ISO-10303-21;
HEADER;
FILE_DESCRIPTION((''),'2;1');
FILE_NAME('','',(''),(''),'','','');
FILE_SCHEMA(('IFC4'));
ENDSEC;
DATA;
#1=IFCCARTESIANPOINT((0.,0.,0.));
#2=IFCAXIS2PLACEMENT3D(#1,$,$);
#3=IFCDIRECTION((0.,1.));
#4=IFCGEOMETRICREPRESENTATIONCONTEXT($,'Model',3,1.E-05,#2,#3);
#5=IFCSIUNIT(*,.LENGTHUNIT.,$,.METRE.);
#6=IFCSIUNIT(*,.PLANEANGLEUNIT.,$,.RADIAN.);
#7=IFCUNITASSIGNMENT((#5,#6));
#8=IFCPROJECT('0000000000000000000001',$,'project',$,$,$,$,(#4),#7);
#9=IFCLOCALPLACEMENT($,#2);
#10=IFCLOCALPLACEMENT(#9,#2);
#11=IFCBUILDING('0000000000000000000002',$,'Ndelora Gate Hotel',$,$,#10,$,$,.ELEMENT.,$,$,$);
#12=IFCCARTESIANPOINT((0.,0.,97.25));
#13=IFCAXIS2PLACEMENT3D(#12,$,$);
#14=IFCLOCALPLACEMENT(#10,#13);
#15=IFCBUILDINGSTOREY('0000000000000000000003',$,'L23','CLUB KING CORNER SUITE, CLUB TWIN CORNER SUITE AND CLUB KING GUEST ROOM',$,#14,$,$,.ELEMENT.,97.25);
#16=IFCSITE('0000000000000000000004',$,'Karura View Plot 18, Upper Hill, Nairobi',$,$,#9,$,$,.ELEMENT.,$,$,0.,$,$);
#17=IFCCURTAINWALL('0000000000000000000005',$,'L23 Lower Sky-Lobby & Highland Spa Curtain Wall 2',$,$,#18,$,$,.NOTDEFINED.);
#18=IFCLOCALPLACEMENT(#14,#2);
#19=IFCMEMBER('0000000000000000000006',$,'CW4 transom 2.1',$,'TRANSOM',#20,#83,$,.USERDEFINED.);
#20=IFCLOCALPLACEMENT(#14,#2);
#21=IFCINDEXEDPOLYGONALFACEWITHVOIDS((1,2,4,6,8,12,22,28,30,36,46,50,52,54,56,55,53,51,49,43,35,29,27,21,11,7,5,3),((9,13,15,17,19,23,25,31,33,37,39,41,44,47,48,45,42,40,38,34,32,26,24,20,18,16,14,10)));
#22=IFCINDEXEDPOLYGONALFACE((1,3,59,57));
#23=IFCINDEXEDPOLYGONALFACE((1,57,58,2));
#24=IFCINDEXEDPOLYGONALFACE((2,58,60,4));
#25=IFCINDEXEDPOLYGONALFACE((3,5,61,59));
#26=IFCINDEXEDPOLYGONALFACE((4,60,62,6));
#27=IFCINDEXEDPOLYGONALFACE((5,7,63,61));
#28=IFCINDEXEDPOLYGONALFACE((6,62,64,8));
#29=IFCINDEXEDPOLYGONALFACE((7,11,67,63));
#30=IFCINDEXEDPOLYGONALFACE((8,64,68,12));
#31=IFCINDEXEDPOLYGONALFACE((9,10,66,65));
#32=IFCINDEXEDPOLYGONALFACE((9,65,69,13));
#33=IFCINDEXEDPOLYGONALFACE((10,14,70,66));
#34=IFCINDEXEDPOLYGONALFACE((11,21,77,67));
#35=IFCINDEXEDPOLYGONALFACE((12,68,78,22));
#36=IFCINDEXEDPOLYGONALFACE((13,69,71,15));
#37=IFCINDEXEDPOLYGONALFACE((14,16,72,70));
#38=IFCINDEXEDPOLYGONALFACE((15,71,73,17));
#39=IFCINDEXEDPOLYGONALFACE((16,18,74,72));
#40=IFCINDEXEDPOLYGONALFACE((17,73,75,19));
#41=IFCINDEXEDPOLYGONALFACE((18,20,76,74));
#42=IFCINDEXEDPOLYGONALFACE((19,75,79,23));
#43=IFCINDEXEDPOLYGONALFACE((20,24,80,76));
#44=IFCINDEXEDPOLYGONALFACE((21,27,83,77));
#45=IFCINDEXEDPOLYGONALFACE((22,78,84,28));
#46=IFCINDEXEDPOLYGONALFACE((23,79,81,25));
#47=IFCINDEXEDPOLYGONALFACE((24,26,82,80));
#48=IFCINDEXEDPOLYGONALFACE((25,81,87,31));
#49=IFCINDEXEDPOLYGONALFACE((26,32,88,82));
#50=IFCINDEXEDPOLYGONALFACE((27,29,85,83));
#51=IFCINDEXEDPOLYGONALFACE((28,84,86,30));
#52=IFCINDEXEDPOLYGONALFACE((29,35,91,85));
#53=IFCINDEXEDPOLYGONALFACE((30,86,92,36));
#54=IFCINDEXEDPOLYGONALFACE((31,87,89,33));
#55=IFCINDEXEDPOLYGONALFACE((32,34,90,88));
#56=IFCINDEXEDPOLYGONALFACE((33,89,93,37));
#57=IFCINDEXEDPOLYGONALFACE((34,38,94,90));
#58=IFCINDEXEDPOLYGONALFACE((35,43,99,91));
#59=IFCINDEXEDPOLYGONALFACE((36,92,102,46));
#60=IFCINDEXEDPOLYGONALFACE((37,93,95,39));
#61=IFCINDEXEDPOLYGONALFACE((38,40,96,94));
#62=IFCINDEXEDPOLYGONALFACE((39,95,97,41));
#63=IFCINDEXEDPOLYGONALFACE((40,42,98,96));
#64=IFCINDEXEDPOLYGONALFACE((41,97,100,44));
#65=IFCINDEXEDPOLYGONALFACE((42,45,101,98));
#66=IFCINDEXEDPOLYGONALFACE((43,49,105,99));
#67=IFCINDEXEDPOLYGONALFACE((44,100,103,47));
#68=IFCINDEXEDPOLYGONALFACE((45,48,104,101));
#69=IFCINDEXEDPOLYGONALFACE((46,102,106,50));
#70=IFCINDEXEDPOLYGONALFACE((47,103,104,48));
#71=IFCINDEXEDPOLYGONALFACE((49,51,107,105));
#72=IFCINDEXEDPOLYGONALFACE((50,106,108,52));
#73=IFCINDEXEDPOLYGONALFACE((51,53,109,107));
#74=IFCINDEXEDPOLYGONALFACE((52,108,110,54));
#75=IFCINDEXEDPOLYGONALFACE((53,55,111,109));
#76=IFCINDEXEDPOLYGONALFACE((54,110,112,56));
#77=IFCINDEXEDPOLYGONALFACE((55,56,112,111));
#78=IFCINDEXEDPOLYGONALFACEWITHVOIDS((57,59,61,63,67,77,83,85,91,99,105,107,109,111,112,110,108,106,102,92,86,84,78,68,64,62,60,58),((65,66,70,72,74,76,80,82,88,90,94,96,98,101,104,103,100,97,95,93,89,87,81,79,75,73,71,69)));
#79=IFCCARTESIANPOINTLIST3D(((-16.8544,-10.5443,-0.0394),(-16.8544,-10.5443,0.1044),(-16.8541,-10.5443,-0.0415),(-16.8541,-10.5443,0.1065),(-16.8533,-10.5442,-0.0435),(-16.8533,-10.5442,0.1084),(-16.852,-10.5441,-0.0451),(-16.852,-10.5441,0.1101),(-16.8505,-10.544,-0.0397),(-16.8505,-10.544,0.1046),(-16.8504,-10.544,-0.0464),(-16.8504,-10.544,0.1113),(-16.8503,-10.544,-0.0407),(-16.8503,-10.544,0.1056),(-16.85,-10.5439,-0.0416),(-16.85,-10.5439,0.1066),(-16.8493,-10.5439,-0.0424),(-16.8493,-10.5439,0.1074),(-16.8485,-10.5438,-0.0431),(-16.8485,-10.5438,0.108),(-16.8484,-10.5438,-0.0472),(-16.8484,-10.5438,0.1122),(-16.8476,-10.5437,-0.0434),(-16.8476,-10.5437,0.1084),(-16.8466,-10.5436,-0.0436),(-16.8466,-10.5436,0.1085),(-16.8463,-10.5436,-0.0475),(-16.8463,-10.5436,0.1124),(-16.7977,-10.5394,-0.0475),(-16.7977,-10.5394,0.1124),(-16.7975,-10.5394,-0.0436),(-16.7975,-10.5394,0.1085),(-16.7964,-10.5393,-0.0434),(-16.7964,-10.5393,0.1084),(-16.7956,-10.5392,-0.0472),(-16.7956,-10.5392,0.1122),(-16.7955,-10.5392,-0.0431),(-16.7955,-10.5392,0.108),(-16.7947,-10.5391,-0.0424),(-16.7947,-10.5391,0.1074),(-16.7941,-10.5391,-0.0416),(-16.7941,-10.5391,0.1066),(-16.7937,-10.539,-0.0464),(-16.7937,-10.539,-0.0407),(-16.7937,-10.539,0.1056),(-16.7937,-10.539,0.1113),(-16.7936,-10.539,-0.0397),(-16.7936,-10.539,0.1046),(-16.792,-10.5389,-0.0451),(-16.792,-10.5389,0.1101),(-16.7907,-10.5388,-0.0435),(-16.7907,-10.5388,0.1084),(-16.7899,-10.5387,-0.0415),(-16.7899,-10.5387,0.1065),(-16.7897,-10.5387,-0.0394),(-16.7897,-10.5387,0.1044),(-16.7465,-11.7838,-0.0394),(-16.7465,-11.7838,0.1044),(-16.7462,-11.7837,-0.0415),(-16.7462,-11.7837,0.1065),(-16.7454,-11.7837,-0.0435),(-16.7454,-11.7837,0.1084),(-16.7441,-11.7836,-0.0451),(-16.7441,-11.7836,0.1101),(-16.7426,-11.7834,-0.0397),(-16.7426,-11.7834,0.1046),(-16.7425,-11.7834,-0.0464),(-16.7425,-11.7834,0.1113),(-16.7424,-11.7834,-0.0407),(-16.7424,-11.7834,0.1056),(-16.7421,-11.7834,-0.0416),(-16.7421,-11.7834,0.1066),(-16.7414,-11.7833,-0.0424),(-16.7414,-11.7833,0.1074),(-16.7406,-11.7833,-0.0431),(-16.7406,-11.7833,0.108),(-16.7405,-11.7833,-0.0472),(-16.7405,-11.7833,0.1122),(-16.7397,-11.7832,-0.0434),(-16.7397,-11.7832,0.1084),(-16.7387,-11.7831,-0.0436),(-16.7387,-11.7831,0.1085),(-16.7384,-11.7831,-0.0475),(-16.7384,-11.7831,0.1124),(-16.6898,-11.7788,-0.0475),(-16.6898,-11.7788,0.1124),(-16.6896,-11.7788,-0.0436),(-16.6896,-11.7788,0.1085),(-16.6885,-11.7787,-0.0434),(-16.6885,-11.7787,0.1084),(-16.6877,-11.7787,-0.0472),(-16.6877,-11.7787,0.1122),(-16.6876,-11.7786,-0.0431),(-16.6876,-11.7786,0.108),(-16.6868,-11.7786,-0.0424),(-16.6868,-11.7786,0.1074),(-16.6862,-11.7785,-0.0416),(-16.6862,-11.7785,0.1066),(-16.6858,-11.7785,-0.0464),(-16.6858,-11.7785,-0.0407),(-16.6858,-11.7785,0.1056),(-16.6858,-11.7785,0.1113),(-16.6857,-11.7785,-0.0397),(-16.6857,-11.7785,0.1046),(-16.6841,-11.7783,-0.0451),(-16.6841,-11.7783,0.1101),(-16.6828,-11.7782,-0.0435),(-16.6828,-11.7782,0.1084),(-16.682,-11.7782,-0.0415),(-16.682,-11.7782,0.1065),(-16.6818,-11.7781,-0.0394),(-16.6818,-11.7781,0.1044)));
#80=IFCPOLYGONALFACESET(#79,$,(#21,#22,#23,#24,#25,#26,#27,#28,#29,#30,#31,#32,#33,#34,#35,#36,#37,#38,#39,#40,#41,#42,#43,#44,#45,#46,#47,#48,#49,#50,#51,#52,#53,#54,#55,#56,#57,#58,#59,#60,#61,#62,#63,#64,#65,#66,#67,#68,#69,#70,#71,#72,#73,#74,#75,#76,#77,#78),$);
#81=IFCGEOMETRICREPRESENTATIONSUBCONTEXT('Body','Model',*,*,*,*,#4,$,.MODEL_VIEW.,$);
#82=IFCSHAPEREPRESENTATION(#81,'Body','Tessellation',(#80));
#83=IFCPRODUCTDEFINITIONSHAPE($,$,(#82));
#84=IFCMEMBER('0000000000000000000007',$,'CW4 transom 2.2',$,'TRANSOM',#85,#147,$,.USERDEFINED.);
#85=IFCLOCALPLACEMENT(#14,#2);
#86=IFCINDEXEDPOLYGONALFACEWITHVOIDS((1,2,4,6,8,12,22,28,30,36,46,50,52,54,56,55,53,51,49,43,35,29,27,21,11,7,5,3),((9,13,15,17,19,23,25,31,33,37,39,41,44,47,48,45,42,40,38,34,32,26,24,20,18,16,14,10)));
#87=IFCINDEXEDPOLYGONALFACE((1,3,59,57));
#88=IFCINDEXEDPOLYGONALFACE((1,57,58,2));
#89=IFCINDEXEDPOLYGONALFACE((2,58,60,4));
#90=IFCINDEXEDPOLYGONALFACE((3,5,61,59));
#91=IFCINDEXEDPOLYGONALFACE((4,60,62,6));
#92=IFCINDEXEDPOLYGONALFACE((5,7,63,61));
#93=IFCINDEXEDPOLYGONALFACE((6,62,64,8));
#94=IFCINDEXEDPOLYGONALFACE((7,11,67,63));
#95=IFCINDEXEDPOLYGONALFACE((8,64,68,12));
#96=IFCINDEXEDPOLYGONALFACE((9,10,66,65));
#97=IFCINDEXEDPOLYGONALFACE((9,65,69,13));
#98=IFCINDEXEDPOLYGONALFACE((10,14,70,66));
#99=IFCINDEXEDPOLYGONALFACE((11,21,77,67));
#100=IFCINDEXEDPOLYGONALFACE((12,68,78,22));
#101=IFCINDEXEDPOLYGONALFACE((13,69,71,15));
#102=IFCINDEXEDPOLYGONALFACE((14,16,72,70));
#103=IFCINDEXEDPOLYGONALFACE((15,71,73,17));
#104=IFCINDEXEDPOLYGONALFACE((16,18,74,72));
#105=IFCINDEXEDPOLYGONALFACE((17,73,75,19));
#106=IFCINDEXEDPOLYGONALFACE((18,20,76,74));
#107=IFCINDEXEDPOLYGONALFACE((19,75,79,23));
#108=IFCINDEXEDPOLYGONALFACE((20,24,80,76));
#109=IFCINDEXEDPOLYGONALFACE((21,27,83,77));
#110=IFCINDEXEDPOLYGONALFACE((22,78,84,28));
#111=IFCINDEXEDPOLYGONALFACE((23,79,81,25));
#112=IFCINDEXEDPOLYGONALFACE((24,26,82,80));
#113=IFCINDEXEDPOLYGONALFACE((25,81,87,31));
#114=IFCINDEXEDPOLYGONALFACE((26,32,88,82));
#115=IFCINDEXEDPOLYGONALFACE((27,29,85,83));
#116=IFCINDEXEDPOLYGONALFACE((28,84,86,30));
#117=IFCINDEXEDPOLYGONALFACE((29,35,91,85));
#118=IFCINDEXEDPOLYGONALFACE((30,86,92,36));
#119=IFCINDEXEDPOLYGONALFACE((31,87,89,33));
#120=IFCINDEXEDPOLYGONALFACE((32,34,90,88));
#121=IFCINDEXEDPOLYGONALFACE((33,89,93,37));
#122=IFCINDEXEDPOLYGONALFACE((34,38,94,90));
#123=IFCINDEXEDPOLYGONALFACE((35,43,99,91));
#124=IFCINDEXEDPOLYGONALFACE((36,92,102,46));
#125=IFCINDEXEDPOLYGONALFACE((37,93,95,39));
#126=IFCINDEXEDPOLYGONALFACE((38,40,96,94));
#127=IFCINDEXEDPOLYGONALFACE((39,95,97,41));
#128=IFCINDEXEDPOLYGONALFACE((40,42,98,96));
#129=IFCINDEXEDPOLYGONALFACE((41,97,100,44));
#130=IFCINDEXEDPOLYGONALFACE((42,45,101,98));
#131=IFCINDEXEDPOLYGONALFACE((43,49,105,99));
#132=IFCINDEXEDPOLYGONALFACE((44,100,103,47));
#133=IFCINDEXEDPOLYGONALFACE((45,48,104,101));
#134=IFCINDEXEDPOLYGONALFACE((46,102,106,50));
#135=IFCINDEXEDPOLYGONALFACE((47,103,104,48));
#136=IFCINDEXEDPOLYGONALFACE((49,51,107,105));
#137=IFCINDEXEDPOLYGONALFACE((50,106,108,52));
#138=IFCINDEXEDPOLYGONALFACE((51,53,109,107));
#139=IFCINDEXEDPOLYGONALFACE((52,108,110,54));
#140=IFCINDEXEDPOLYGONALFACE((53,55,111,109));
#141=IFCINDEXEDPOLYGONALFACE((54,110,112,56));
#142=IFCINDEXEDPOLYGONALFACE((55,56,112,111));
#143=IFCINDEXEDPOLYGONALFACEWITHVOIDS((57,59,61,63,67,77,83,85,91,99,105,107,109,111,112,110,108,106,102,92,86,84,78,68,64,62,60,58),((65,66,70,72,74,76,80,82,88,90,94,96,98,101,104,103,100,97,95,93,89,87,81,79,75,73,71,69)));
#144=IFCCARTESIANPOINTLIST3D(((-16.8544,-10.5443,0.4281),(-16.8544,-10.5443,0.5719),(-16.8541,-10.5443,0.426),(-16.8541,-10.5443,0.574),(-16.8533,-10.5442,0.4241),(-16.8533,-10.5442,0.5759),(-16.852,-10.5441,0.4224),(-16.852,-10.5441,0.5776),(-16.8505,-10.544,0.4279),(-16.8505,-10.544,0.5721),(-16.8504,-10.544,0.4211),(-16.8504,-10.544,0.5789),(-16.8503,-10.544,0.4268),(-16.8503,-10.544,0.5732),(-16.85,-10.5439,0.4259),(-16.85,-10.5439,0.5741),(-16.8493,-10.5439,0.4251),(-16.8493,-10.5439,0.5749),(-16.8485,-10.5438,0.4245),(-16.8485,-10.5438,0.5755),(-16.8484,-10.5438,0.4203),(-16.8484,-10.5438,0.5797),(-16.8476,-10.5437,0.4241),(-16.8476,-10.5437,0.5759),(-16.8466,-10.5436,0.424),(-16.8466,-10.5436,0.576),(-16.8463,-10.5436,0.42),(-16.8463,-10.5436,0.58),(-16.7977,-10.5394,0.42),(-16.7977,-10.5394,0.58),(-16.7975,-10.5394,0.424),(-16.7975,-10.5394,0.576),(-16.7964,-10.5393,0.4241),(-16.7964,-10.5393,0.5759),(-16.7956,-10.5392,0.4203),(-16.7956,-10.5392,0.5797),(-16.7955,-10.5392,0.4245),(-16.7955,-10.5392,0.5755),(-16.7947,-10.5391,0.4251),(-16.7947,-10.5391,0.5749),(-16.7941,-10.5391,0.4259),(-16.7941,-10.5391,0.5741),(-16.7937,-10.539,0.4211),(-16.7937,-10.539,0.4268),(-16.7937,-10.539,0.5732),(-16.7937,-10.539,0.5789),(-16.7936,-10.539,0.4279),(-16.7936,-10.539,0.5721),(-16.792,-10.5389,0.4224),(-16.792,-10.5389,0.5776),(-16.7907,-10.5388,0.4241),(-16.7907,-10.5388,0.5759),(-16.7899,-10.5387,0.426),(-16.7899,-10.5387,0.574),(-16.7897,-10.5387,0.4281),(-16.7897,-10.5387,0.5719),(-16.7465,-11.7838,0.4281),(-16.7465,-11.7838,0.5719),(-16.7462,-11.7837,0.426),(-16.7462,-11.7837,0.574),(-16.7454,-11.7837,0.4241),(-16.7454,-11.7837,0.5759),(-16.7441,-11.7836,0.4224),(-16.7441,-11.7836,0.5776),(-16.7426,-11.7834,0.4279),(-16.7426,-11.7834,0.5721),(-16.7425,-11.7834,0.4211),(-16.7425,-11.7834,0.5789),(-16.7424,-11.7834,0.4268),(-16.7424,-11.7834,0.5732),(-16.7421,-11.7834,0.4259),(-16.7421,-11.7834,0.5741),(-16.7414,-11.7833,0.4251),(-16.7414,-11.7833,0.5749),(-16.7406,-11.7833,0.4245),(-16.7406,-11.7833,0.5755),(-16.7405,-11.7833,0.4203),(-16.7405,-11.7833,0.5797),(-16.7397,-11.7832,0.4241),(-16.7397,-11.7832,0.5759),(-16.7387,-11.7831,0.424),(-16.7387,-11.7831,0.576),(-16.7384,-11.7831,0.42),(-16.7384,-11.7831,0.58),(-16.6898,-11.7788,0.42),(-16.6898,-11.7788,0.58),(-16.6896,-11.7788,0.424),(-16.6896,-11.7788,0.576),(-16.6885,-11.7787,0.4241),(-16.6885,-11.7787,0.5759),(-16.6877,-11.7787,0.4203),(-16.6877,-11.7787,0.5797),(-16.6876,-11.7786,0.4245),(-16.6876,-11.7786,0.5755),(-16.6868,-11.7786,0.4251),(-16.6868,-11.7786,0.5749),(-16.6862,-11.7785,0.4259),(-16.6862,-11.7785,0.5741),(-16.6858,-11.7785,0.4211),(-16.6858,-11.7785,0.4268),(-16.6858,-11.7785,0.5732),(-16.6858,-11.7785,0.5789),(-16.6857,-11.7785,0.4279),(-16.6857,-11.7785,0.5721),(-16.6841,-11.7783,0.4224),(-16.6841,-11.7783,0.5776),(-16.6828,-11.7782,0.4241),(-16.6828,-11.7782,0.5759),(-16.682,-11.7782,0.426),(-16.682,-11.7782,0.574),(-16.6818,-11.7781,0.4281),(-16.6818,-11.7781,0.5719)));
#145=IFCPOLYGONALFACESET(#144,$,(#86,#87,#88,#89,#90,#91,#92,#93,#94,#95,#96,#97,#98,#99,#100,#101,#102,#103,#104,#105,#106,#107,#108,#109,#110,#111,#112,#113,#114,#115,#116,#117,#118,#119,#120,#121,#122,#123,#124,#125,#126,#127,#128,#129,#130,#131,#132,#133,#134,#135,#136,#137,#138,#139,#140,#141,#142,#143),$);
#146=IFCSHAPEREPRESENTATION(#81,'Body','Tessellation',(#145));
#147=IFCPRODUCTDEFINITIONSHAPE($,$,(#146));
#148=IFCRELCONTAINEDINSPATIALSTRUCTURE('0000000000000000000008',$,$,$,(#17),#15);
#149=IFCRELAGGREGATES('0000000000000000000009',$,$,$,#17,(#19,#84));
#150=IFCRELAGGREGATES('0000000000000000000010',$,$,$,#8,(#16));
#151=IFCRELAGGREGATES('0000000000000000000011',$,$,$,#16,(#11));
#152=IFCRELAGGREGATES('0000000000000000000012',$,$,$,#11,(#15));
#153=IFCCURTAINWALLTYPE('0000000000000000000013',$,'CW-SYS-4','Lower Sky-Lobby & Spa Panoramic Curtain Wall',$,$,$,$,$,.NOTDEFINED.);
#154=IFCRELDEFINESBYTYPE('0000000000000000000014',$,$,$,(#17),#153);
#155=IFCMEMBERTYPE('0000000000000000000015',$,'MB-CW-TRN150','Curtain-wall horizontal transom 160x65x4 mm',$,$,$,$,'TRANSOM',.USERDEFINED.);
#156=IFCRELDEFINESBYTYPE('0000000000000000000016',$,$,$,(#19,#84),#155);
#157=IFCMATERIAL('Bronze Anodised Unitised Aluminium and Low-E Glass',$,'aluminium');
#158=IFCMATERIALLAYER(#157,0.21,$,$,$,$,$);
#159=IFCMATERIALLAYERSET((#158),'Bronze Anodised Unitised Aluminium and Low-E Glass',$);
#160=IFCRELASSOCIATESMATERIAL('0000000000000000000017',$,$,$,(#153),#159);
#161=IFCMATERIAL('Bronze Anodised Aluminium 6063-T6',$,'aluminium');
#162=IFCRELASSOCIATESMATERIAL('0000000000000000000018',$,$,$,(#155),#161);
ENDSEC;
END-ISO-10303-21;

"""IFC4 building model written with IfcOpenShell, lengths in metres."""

from ifc_helpers import new_model, si_unit, direction, frame, origin, origin_2d, place, context, subcontext, project, spatial, hollow_rectangle, extrude, material, layer, layer_set, material_profile, profile_set, type_object, element, aggregate, save


model = new_model("IFC4")

# Units and contexts
model_context = context("Model", 3, precision=1e-05, world=origin(), true_north=direction((0.0, 1.0)))
body_context = subcontext(model_context, "Body", "Model", "MODEL_VIEW")
ifc_project = project(units=[si_unit("LENGTHUNIT", "METRE"), si_unit("PLANEANGLEUNIT", "RADIAN")], contexts=[model_context])

# Site, building, storey
site_placement = place(None, origin())
site = spatial("IfcSite", under=ifc_project, at=site_placement, Name="Karura View Plot 18, Upper Hill, Nairobi", CompositionType="ELEMENT", RefElevation=0.0)
building_placement = place(site_placement, origin())
building = spatial("IfcBuilding", under=site, at=building_placement, Name="Ndelora Gate Hotel", CompositionType="ELEMENT")
storey_placement = place(building_placement, frame((0.0, 0.0, 97.25)))
storey = spatial("IfcBuildingStorey", under=building, at=storey_placement, Name="L23", Description="CLUB KING CORNER SUITE, CLUB TWIN CORNER SUITE AND CLUB KING GUEST ROOM", CompositionType="ELEMENT", Elevation=97.25)

# Curtain wall, members
ifc_material_1 = material(Name="Bronze Anodised Unitised Aluminium and Low-E Glass", Category="aluminium")
ifc_layer_1 = layer(ifc_material_1, 0.21)
ifc_layer_set_1 = layer_set([ifc_layer_1], Name="Bronze Anodised Unitised Aluminium and Low-E Glass")
curtain_wall_type = type_object("IfcCurtainWallType", Name="CW-SYS-4", Description="Lower Sky-Lobby & Spa Panoramic Curtain Wall", PredefinedType="NOTDEFINED", material=ifc_layer_set_1)
curtain_wall_placement = place(storey_placement, origin())
curtain_wall = element("IfcCurtainWall", 1, at=curtain_wall_placement, inside=storey, type_object=curtain_wall_type, Name="L23 Lower Sky-Lobby & Highland Spa Curtain Wall 2", PredefinedType="NOTDEFINED")
ifc_material_2 = material(Name="Bronze Anodised Aluminium 6063-T6", Category="aluminium")
ifc_material_profile_1 = material_profile(ifc_material_2, hollow_rectangle(XDim=0.0649, YDim=0.1599, WallThickness=0.0039, InnerFilletRadius=0.0039, OuterFilletRadius=0.0081, at=origin_2d()), Name="ALU 160x65x4")
ifc_profile_set_1 = profile_set([ifc_material_profile_1], Name="Bronze Anodised Aluminium 6063-T6")
member_type_1 = type_object("IfcMemberType", Name="MB-CW-TRN150", Description="Curtain-wall horizontal transom 160x65x4 mm", ElementType="TRANSOM", PredefinedType="USERDEFINED", material=ifc_profile_set_1)
member_1_placement = place(storey_placement, frame((-16.822, -10.5415, 0.0325), z_axis=(0.086731, -0.996232, 0.0), x_axis=(0.996232, 0.086731, 0.0)))
member_1 = element("IfcMember", 2, at=member_1_placement, type_object=member_type_1, Name="CW4 transom 2.1", ObjectType="TRANSOM", PredefinedType="USERDEFINED", context=body_context, shape_type="SweptSolid", body=[
    extrude(hollow_rectangle(XDim=0.0649, YDim=0.1599, WallThickness=0.0039, InnerFilletRadius=0.0039, OuterFilletRadius=0.0081, at=origin_2d()), origin(), (0.0, 0.0, 1.0), 1.2441),
])
member_2_placement = place(storey_placement, frame((-16.822, -10.5415, 0.5), z_axis=(0.086731, -0.996232, 0.0), x_axis=(0.996232, 0.086731, 0.0)))
member_2 = element("IfcMember", 3, at=member_2_placement, type_object=member_type_1, Name="CW4 transom 2.2", ObjectType="TRANSOM", PredefinedType="USERDEFINED", context=body_context, shape_type="SweptSolid", body=[
    extrude(hollow_rectangle(XDim=0.0649, YDim=0.1599, WallThickness=0.0039, InnerFilletRadius=0.0039, OuterFilletRadius=0.0081, at=origin_2d()), origin(), (0.0, 0.0, 1.0), 1.2441),
])

aggregate(curtain_wall, [member_1, member_2])

save(model, "model.ifc")
